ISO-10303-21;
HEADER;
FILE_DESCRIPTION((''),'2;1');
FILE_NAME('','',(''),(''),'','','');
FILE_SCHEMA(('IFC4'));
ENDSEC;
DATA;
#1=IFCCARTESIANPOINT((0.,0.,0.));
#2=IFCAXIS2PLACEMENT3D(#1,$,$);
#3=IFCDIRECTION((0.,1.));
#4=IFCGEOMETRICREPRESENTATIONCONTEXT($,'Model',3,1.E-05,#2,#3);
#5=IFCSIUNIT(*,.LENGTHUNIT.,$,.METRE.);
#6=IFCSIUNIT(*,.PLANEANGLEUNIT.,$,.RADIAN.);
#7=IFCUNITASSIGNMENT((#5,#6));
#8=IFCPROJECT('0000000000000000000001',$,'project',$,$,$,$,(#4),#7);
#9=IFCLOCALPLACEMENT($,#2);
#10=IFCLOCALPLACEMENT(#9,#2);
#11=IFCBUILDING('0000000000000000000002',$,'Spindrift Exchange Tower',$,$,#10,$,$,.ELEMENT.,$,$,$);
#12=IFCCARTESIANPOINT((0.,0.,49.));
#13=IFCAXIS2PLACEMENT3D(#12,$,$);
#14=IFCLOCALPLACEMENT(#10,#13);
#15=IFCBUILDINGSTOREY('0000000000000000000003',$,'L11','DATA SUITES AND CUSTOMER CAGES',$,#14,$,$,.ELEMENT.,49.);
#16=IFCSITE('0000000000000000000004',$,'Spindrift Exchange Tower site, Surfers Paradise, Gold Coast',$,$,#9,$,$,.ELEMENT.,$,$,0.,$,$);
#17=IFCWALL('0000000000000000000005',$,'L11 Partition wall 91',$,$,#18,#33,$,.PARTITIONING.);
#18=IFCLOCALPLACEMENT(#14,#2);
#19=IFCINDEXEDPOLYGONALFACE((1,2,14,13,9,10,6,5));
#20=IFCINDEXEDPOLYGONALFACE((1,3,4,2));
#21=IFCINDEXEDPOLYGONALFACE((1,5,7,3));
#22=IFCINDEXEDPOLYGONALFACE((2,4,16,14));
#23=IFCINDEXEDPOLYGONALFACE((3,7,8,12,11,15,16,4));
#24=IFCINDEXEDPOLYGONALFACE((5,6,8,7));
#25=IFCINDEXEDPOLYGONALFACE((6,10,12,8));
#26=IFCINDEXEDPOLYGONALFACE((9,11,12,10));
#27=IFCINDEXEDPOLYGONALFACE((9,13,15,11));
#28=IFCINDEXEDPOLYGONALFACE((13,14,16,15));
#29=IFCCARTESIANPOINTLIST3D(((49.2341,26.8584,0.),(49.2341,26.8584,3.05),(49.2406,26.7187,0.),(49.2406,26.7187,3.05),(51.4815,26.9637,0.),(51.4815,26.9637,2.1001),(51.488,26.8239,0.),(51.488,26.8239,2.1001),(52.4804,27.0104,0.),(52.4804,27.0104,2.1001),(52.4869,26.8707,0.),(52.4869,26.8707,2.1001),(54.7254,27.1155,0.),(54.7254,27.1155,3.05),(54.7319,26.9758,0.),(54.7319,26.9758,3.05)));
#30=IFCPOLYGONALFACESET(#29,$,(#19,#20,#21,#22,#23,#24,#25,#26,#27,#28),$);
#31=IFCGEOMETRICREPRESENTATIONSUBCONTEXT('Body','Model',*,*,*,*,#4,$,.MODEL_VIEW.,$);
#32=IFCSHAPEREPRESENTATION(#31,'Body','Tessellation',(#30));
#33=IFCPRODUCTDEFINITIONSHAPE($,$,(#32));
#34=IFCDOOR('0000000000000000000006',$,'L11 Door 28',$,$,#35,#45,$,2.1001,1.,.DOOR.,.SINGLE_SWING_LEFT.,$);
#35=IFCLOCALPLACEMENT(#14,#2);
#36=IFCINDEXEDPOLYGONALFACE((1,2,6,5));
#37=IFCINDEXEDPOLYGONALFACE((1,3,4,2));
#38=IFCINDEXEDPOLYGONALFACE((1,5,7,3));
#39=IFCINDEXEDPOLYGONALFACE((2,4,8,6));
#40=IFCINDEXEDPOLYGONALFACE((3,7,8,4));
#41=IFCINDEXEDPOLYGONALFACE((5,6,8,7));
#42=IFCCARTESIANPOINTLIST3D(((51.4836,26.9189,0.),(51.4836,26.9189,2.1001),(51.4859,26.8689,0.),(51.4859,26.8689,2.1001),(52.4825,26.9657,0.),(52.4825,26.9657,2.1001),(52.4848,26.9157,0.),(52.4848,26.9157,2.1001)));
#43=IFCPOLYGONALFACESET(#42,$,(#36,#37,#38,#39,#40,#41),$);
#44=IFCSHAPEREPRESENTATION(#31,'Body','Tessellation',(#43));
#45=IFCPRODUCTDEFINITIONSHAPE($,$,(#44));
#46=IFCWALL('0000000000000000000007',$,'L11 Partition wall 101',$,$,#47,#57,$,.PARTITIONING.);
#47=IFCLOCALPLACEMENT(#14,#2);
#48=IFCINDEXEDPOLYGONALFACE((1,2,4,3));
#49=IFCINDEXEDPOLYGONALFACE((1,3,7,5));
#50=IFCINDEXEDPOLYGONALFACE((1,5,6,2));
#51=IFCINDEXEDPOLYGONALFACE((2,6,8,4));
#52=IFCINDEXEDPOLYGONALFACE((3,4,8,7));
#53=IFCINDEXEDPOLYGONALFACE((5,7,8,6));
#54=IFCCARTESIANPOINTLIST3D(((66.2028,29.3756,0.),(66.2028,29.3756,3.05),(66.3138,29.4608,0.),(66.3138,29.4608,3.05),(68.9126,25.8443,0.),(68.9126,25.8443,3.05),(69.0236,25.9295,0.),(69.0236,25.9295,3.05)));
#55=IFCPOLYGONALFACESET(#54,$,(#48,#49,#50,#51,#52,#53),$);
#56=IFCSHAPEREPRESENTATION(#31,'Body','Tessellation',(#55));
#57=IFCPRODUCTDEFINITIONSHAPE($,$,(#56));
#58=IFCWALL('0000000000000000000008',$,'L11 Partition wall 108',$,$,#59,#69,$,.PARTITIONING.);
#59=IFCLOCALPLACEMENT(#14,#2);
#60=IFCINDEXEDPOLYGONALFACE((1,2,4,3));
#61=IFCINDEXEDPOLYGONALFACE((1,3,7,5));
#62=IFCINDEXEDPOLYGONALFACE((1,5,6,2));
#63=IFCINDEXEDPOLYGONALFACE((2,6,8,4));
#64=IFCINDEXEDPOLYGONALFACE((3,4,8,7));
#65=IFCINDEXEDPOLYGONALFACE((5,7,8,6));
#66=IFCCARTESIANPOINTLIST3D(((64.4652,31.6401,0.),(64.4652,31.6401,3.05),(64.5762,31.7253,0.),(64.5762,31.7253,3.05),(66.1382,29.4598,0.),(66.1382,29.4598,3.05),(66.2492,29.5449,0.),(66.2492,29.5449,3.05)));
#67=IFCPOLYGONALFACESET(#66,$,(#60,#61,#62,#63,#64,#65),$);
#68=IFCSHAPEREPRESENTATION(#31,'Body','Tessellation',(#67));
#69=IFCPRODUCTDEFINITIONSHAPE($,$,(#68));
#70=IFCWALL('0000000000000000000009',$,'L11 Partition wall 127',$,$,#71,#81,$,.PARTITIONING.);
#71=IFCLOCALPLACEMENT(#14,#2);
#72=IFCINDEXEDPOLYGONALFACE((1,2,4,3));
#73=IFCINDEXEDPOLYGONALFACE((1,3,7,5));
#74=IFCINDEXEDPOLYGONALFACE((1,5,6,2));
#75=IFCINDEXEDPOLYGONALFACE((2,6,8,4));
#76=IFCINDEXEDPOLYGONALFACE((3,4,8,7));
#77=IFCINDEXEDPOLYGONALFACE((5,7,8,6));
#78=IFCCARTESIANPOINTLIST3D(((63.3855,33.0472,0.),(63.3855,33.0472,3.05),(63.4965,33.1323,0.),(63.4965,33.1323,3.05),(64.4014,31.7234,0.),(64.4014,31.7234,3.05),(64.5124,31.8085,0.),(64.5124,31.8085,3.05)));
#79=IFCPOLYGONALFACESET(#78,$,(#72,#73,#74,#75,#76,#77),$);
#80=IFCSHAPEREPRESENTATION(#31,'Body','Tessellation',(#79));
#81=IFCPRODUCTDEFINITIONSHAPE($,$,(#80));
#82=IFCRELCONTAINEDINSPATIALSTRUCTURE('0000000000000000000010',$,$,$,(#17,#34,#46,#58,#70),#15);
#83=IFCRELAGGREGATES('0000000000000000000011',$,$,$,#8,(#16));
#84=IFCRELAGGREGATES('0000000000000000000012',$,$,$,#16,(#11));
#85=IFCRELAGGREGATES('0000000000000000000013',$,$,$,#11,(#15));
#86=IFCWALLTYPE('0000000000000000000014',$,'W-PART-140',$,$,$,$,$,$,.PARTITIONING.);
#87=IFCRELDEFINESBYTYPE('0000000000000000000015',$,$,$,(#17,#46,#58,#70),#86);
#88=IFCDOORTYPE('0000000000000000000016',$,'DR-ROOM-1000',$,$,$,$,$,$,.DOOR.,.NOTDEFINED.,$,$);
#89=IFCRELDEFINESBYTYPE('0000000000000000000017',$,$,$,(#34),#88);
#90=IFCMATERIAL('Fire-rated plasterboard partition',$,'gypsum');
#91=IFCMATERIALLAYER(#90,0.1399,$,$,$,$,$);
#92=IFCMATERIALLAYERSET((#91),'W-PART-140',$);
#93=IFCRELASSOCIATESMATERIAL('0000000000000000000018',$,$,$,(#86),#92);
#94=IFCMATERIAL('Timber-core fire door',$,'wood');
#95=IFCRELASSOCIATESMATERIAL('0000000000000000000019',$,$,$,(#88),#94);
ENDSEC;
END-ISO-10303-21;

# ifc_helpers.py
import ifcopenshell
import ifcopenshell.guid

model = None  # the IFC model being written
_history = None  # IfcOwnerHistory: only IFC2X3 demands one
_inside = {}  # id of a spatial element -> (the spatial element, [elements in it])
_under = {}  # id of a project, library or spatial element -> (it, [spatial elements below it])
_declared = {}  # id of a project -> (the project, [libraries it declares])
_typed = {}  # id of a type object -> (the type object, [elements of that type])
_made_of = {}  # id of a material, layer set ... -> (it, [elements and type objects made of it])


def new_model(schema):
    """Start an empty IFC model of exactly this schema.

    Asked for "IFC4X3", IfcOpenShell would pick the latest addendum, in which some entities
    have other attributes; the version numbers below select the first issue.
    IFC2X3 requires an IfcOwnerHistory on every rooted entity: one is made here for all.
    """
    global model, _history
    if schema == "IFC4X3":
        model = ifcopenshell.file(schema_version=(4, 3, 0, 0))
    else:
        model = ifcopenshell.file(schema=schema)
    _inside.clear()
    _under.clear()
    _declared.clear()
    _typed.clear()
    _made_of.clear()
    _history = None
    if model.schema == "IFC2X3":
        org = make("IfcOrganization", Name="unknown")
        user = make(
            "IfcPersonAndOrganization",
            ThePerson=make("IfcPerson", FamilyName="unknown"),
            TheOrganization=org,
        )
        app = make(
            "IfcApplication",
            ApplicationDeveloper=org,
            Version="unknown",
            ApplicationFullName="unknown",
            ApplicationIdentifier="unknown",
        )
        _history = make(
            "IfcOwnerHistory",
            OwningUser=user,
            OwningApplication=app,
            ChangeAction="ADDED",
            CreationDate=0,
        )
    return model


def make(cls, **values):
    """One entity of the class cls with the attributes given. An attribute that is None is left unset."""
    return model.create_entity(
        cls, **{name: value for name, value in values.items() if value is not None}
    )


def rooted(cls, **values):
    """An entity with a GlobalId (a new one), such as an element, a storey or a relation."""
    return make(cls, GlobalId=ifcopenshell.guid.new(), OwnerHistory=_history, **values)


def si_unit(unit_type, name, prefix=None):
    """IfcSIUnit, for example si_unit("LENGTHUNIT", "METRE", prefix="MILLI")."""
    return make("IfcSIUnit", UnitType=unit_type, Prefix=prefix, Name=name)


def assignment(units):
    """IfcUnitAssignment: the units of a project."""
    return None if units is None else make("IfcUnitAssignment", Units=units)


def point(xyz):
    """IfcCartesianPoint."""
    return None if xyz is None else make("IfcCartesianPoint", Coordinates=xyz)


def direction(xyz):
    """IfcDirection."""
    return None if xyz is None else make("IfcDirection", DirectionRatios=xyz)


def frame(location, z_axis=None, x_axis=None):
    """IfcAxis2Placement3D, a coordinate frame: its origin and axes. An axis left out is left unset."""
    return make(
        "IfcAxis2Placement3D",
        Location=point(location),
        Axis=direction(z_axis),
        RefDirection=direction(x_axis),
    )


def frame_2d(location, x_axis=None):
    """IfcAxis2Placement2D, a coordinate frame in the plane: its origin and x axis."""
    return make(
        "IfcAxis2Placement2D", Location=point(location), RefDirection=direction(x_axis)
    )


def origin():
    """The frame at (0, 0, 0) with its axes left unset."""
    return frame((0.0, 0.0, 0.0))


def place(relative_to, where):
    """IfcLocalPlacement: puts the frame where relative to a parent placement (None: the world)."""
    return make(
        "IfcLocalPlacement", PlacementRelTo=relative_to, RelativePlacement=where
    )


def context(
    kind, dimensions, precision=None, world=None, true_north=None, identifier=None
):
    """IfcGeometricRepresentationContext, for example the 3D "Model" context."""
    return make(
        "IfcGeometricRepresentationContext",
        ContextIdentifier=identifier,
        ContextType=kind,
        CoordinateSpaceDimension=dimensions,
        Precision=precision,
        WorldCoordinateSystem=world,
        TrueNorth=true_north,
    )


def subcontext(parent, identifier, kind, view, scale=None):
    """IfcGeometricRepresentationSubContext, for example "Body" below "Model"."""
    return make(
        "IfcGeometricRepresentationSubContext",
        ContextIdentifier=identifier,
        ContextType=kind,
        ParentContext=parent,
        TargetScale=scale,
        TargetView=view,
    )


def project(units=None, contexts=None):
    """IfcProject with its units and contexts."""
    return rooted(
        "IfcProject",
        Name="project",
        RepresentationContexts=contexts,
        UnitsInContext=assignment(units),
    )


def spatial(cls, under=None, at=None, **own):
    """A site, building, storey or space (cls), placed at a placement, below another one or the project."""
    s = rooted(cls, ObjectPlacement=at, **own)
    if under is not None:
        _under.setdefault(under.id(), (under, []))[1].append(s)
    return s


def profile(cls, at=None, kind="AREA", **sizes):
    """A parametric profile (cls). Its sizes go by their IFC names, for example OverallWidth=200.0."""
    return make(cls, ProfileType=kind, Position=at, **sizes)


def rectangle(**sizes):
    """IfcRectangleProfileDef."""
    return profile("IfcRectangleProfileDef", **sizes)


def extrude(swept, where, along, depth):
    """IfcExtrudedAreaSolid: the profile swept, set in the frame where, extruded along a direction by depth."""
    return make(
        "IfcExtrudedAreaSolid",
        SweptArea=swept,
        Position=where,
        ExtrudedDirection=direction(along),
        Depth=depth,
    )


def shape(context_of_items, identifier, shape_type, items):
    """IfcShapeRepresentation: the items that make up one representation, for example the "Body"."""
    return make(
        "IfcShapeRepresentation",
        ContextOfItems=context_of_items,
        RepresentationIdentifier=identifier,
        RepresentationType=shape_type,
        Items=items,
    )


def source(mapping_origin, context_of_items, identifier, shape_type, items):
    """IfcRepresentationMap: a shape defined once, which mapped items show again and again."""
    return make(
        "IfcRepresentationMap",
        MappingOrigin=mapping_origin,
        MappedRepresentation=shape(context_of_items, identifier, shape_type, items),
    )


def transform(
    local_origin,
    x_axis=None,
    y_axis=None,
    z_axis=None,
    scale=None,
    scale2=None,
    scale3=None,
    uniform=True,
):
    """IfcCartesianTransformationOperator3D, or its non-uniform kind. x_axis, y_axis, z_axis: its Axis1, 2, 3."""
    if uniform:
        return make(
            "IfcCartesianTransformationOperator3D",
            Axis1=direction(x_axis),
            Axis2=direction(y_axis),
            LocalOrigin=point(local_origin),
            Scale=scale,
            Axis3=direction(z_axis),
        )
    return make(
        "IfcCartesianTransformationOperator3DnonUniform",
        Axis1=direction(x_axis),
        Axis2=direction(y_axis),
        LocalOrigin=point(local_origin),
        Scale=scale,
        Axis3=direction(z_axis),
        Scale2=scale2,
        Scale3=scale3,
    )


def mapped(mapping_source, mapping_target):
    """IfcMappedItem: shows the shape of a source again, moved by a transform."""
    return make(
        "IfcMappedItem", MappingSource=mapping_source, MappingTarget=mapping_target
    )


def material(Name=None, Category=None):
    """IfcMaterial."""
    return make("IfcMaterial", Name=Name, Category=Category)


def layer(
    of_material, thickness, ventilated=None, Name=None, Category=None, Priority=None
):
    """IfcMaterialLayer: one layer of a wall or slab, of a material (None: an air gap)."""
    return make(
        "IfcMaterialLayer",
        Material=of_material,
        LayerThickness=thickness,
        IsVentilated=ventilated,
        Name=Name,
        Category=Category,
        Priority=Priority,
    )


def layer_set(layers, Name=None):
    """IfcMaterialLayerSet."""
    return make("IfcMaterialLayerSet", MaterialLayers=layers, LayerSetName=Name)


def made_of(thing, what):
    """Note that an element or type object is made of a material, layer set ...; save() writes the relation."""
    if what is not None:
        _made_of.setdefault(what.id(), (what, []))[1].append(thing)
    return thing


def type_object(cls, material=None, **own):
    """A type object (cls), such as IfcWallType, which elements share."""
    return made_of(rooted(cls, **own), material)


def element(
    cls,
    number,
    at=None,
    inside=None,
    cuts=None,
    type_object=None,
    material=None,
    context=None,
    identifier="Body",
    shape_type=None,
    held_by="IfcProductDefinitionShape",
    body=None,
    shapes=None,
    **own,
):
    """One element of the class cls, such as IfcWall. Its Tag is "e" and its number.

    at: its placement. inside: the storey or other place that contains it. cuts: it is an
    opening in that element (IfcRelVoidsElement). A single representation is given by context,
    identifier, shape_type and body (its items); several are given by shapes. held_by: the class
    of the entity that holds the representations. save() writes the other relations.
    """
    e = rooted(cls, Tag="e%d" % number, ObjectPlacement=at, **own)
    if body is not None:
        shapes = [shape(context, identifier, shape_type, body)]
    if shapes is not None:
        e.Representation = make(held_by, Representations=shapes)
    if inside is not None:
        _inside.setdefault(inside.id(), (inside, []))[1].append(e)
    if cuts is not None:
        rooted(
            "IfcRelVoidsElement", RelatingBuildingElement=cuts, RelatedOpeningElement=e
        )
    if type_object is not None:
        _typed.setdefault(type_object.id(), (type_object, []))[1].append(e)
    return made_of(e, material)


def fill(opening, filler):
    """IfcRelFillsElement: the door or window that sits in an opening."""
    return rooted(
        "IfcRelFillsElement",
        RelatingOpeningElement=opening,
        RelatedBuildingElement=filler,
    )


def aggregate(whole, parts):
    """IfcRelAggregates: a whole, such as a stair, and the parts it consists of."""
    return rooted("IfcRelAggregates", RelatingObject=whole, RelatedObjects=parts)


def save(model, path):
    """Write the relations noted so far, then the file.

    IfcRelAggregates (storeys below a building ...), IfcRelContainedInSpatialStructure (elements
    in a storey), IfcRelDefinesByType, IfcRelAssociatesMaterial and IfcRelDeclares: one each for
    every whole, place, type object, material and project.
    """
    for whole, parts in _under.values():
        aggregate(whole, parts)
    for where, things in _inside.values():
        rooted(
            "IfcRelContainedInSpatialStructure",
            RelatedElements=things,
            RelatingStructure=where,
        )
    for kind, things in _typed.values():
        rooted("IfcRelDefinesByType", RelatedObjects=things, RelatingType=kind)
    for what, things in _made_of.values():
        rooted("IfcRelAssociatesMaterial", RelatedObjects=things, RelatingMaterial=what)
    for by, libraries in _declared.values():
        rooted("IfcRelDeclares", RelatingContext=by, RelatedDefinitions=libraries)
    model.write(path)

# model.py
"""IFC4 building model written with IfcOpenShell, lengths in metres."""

from ifc_helpers import new_model, si_unit, direction, frame, frame_2d, origin, place, context, subcontext, project, spatial, rectangle, extrude, source, transform, mapped, material, layer, layer_set, type_object, element, fill, save


model = new_model("IFC4")

# Units and contexts
model_context = context("Model", 3, precision=1e-05, world=origin(), true_north=direction((0.0, 1.0)))
body_context = subcontext(model_context, "Body", "Model", "MODEL_VIEW")
ifc_project = project(units=[si_unit("LENGTHUNIT", "METRE"), si_unit("PLANEANGLEUNIT", "RADIAN")], contexts=[model_context])

# Site, building, storey
site_placement = place(None, origin())
site = spatial("IfcSite", under=ifc_project, at=site_placement, Name="Spindrift Exchange Tower site, Surfers Paradise, Gold Coast", CompositionType="ELEMENT", RefElevation=0.0)
building_placement = place(site_placement, origin())
building = spatial("IfcBuilding", under=site, at=building_placement, Name="Spindrift Exchange Tower", CompositionType="ELEMENT")
storey_placement = place(building_placement, frame((0.0, 0.0, 49.0)))
storey = spatial("IfcBuildingStorey", under=building, at=storey_placement, Name="L11", Description="DATA SUITES AND CUSTOMER CAGES", CompositionType="ELEMENT", Elevation=49.0)

# Shared definitions
ifc_material_1 = material(Name="Fire-rated plasterboard partition", Category="gypsum")
ifc_layer_1 = layer(ifc_material_1, 0.1399)
ifc_layer_set_1 = layer_set([ifc_layer_1], Name="W-PART-140")
wall_type = type_object("IfcWallType", Name="W-PART-140", PredefinedType="PARTITIONING", material=ifc_layer_set_1)

# Wall, opening, door
wall_1_placement = place(storey_placement, frame((54.7285, 27.0457, 0.0), z_axis=(0.0, 0.0, 1.0), x_axis=(-0.998906, -0.046765, 0.0)))
wall_1 = element("IfcWall", 1, at=wall_1_placement, inside=storey, type_object=wall_type, Name="L11 Partition wall 91", PredefinedType="PARTITIONING", context=body_context, shape_type="SweptSolid", body=[
    extrude(rectangle(XDim=5.4973, YDim=0.1399, at=frame_2d((2.7485, 0.0))), origin(), (0.0, 0.0, 1.0), 3.05),
])
opening_placement = place(wall_1_placement, frame((2.2473, 0.0, 0.0)))
opening = element("IfcOpeningElement", 2, at=opening_placement, cuts=wall_1, PredefinedType="OPENING", context=body_context, shape_type="SweptSolid", body=[
    extrude(rectangle(XDim=1.0, YDim=2.1001, at=frame_2d((0.5, 1.05))), frame((0.0, 0.0798, 0.0), z_axis=(0.0, -1.0, 0.0), x_axis=(1.0, 0.0, 0.0)), (0.0, 0.0, 1.0), 0.1599),
])
ifc_material_2 = material(Name="Timber-core fire door", Category="wood")
door_type = type_object("IfcDoorType", Name="DR-ROOM-1000", OperationType="NOTDEFINED", PredefinedType="DOOR", material=ifc_material_2)
shared_shape_1 = source(origin(), body_context, "Body", "SweptSolid", [
    extrude(rectangle(XDim=1.0, YDim=2.1001, at=frame_2d((0.5, 1.05))), frame((0.0, 0.0249, 0.0), z_axis=(0.0, -1.0, 0.0), x_axis=(1.0, 0.0, 0.0)), (0.0, 0.0, 1.0), 0.05),
])
door_placement = place(opening_placement, origin())
door = element("IfcDoor", 3, at=door_placement, inside=storey, type_object=door_type, Name="L11 Door 28", OperationType="SINGLE_SWING_LEFT", OverallHeight=2.1001, OverallWidth=1.0, PredefinedType="DOOR", context=body_context, shape_type="MappedRepresentation", body=[
    mapped(shared_shape_1, transform((0.0, 0.0, 0.0), scale=1.0)),
])
fill(opening, door)

# Walls
wall_2_placement = place(storey_placement, frame((66.2583, 29.4182, 0.0), z_axis=(0.0, 0.0, 1.0), x_axis=(0.608775, -0.793343, 0.0)))
element("IfcWall", 4, at=wall_2_placement, inside=storey, type_object=wall_type, Name="L11 Partition wall 101", PredefinedType="PARTITIONING", context=body_context, shape_type="SweptSolid", body=[
    extrude(rectangle(XDim=4.4512, YDim=0.1399, at=frame_2d((2.2256, 0.0))), origin(), (0.0, 0.0, 1.0), 3.05),
])
wall_3_placement = place(storey_placement, frame((64.5208, 31.6826, 0.0), z_axis=(0.0, 0.0, 1.0), x_axis=(0.608762, -0.793353, 0.0)))
element("IfcWall", 5, at=wall_3_placement, inside=storey, type_object=wall_type, Name="L11 Partition wall 108", PredefinedType="PARTITIONING", context=body_context, shape_type="SweptSolid", body=[
    extrude(rectangle(XDim=2.7483, YDim=0.1399, at=frame_2d((1.374, 0.0))), origin(), (0.0, 0.0, 1.0), 3.05),
])
wall_4_placement = place(storey_placement, frame((63.4409, 33.0898, 0.0), z_axis=(0.0, 0.0, 1.0), x_axis=(0.608812, -0.793314, 0.0)))
element("IfcWall", 6, at=wall_4_placement, inside=storey, type_object=wall_type, Name="L11 Partition wall 127", PredefinedType="PARTITIONING", context=body_context, shape_type="SweptSolid", body=[
    extrude(rectangle(XDim=1.6687, YDim=0.1399, at=frame_2d((0.8345, 0.0))), origin(), (0.0, 0.0, 1.0), 3.05),
])

save(model, "model.ifc")
